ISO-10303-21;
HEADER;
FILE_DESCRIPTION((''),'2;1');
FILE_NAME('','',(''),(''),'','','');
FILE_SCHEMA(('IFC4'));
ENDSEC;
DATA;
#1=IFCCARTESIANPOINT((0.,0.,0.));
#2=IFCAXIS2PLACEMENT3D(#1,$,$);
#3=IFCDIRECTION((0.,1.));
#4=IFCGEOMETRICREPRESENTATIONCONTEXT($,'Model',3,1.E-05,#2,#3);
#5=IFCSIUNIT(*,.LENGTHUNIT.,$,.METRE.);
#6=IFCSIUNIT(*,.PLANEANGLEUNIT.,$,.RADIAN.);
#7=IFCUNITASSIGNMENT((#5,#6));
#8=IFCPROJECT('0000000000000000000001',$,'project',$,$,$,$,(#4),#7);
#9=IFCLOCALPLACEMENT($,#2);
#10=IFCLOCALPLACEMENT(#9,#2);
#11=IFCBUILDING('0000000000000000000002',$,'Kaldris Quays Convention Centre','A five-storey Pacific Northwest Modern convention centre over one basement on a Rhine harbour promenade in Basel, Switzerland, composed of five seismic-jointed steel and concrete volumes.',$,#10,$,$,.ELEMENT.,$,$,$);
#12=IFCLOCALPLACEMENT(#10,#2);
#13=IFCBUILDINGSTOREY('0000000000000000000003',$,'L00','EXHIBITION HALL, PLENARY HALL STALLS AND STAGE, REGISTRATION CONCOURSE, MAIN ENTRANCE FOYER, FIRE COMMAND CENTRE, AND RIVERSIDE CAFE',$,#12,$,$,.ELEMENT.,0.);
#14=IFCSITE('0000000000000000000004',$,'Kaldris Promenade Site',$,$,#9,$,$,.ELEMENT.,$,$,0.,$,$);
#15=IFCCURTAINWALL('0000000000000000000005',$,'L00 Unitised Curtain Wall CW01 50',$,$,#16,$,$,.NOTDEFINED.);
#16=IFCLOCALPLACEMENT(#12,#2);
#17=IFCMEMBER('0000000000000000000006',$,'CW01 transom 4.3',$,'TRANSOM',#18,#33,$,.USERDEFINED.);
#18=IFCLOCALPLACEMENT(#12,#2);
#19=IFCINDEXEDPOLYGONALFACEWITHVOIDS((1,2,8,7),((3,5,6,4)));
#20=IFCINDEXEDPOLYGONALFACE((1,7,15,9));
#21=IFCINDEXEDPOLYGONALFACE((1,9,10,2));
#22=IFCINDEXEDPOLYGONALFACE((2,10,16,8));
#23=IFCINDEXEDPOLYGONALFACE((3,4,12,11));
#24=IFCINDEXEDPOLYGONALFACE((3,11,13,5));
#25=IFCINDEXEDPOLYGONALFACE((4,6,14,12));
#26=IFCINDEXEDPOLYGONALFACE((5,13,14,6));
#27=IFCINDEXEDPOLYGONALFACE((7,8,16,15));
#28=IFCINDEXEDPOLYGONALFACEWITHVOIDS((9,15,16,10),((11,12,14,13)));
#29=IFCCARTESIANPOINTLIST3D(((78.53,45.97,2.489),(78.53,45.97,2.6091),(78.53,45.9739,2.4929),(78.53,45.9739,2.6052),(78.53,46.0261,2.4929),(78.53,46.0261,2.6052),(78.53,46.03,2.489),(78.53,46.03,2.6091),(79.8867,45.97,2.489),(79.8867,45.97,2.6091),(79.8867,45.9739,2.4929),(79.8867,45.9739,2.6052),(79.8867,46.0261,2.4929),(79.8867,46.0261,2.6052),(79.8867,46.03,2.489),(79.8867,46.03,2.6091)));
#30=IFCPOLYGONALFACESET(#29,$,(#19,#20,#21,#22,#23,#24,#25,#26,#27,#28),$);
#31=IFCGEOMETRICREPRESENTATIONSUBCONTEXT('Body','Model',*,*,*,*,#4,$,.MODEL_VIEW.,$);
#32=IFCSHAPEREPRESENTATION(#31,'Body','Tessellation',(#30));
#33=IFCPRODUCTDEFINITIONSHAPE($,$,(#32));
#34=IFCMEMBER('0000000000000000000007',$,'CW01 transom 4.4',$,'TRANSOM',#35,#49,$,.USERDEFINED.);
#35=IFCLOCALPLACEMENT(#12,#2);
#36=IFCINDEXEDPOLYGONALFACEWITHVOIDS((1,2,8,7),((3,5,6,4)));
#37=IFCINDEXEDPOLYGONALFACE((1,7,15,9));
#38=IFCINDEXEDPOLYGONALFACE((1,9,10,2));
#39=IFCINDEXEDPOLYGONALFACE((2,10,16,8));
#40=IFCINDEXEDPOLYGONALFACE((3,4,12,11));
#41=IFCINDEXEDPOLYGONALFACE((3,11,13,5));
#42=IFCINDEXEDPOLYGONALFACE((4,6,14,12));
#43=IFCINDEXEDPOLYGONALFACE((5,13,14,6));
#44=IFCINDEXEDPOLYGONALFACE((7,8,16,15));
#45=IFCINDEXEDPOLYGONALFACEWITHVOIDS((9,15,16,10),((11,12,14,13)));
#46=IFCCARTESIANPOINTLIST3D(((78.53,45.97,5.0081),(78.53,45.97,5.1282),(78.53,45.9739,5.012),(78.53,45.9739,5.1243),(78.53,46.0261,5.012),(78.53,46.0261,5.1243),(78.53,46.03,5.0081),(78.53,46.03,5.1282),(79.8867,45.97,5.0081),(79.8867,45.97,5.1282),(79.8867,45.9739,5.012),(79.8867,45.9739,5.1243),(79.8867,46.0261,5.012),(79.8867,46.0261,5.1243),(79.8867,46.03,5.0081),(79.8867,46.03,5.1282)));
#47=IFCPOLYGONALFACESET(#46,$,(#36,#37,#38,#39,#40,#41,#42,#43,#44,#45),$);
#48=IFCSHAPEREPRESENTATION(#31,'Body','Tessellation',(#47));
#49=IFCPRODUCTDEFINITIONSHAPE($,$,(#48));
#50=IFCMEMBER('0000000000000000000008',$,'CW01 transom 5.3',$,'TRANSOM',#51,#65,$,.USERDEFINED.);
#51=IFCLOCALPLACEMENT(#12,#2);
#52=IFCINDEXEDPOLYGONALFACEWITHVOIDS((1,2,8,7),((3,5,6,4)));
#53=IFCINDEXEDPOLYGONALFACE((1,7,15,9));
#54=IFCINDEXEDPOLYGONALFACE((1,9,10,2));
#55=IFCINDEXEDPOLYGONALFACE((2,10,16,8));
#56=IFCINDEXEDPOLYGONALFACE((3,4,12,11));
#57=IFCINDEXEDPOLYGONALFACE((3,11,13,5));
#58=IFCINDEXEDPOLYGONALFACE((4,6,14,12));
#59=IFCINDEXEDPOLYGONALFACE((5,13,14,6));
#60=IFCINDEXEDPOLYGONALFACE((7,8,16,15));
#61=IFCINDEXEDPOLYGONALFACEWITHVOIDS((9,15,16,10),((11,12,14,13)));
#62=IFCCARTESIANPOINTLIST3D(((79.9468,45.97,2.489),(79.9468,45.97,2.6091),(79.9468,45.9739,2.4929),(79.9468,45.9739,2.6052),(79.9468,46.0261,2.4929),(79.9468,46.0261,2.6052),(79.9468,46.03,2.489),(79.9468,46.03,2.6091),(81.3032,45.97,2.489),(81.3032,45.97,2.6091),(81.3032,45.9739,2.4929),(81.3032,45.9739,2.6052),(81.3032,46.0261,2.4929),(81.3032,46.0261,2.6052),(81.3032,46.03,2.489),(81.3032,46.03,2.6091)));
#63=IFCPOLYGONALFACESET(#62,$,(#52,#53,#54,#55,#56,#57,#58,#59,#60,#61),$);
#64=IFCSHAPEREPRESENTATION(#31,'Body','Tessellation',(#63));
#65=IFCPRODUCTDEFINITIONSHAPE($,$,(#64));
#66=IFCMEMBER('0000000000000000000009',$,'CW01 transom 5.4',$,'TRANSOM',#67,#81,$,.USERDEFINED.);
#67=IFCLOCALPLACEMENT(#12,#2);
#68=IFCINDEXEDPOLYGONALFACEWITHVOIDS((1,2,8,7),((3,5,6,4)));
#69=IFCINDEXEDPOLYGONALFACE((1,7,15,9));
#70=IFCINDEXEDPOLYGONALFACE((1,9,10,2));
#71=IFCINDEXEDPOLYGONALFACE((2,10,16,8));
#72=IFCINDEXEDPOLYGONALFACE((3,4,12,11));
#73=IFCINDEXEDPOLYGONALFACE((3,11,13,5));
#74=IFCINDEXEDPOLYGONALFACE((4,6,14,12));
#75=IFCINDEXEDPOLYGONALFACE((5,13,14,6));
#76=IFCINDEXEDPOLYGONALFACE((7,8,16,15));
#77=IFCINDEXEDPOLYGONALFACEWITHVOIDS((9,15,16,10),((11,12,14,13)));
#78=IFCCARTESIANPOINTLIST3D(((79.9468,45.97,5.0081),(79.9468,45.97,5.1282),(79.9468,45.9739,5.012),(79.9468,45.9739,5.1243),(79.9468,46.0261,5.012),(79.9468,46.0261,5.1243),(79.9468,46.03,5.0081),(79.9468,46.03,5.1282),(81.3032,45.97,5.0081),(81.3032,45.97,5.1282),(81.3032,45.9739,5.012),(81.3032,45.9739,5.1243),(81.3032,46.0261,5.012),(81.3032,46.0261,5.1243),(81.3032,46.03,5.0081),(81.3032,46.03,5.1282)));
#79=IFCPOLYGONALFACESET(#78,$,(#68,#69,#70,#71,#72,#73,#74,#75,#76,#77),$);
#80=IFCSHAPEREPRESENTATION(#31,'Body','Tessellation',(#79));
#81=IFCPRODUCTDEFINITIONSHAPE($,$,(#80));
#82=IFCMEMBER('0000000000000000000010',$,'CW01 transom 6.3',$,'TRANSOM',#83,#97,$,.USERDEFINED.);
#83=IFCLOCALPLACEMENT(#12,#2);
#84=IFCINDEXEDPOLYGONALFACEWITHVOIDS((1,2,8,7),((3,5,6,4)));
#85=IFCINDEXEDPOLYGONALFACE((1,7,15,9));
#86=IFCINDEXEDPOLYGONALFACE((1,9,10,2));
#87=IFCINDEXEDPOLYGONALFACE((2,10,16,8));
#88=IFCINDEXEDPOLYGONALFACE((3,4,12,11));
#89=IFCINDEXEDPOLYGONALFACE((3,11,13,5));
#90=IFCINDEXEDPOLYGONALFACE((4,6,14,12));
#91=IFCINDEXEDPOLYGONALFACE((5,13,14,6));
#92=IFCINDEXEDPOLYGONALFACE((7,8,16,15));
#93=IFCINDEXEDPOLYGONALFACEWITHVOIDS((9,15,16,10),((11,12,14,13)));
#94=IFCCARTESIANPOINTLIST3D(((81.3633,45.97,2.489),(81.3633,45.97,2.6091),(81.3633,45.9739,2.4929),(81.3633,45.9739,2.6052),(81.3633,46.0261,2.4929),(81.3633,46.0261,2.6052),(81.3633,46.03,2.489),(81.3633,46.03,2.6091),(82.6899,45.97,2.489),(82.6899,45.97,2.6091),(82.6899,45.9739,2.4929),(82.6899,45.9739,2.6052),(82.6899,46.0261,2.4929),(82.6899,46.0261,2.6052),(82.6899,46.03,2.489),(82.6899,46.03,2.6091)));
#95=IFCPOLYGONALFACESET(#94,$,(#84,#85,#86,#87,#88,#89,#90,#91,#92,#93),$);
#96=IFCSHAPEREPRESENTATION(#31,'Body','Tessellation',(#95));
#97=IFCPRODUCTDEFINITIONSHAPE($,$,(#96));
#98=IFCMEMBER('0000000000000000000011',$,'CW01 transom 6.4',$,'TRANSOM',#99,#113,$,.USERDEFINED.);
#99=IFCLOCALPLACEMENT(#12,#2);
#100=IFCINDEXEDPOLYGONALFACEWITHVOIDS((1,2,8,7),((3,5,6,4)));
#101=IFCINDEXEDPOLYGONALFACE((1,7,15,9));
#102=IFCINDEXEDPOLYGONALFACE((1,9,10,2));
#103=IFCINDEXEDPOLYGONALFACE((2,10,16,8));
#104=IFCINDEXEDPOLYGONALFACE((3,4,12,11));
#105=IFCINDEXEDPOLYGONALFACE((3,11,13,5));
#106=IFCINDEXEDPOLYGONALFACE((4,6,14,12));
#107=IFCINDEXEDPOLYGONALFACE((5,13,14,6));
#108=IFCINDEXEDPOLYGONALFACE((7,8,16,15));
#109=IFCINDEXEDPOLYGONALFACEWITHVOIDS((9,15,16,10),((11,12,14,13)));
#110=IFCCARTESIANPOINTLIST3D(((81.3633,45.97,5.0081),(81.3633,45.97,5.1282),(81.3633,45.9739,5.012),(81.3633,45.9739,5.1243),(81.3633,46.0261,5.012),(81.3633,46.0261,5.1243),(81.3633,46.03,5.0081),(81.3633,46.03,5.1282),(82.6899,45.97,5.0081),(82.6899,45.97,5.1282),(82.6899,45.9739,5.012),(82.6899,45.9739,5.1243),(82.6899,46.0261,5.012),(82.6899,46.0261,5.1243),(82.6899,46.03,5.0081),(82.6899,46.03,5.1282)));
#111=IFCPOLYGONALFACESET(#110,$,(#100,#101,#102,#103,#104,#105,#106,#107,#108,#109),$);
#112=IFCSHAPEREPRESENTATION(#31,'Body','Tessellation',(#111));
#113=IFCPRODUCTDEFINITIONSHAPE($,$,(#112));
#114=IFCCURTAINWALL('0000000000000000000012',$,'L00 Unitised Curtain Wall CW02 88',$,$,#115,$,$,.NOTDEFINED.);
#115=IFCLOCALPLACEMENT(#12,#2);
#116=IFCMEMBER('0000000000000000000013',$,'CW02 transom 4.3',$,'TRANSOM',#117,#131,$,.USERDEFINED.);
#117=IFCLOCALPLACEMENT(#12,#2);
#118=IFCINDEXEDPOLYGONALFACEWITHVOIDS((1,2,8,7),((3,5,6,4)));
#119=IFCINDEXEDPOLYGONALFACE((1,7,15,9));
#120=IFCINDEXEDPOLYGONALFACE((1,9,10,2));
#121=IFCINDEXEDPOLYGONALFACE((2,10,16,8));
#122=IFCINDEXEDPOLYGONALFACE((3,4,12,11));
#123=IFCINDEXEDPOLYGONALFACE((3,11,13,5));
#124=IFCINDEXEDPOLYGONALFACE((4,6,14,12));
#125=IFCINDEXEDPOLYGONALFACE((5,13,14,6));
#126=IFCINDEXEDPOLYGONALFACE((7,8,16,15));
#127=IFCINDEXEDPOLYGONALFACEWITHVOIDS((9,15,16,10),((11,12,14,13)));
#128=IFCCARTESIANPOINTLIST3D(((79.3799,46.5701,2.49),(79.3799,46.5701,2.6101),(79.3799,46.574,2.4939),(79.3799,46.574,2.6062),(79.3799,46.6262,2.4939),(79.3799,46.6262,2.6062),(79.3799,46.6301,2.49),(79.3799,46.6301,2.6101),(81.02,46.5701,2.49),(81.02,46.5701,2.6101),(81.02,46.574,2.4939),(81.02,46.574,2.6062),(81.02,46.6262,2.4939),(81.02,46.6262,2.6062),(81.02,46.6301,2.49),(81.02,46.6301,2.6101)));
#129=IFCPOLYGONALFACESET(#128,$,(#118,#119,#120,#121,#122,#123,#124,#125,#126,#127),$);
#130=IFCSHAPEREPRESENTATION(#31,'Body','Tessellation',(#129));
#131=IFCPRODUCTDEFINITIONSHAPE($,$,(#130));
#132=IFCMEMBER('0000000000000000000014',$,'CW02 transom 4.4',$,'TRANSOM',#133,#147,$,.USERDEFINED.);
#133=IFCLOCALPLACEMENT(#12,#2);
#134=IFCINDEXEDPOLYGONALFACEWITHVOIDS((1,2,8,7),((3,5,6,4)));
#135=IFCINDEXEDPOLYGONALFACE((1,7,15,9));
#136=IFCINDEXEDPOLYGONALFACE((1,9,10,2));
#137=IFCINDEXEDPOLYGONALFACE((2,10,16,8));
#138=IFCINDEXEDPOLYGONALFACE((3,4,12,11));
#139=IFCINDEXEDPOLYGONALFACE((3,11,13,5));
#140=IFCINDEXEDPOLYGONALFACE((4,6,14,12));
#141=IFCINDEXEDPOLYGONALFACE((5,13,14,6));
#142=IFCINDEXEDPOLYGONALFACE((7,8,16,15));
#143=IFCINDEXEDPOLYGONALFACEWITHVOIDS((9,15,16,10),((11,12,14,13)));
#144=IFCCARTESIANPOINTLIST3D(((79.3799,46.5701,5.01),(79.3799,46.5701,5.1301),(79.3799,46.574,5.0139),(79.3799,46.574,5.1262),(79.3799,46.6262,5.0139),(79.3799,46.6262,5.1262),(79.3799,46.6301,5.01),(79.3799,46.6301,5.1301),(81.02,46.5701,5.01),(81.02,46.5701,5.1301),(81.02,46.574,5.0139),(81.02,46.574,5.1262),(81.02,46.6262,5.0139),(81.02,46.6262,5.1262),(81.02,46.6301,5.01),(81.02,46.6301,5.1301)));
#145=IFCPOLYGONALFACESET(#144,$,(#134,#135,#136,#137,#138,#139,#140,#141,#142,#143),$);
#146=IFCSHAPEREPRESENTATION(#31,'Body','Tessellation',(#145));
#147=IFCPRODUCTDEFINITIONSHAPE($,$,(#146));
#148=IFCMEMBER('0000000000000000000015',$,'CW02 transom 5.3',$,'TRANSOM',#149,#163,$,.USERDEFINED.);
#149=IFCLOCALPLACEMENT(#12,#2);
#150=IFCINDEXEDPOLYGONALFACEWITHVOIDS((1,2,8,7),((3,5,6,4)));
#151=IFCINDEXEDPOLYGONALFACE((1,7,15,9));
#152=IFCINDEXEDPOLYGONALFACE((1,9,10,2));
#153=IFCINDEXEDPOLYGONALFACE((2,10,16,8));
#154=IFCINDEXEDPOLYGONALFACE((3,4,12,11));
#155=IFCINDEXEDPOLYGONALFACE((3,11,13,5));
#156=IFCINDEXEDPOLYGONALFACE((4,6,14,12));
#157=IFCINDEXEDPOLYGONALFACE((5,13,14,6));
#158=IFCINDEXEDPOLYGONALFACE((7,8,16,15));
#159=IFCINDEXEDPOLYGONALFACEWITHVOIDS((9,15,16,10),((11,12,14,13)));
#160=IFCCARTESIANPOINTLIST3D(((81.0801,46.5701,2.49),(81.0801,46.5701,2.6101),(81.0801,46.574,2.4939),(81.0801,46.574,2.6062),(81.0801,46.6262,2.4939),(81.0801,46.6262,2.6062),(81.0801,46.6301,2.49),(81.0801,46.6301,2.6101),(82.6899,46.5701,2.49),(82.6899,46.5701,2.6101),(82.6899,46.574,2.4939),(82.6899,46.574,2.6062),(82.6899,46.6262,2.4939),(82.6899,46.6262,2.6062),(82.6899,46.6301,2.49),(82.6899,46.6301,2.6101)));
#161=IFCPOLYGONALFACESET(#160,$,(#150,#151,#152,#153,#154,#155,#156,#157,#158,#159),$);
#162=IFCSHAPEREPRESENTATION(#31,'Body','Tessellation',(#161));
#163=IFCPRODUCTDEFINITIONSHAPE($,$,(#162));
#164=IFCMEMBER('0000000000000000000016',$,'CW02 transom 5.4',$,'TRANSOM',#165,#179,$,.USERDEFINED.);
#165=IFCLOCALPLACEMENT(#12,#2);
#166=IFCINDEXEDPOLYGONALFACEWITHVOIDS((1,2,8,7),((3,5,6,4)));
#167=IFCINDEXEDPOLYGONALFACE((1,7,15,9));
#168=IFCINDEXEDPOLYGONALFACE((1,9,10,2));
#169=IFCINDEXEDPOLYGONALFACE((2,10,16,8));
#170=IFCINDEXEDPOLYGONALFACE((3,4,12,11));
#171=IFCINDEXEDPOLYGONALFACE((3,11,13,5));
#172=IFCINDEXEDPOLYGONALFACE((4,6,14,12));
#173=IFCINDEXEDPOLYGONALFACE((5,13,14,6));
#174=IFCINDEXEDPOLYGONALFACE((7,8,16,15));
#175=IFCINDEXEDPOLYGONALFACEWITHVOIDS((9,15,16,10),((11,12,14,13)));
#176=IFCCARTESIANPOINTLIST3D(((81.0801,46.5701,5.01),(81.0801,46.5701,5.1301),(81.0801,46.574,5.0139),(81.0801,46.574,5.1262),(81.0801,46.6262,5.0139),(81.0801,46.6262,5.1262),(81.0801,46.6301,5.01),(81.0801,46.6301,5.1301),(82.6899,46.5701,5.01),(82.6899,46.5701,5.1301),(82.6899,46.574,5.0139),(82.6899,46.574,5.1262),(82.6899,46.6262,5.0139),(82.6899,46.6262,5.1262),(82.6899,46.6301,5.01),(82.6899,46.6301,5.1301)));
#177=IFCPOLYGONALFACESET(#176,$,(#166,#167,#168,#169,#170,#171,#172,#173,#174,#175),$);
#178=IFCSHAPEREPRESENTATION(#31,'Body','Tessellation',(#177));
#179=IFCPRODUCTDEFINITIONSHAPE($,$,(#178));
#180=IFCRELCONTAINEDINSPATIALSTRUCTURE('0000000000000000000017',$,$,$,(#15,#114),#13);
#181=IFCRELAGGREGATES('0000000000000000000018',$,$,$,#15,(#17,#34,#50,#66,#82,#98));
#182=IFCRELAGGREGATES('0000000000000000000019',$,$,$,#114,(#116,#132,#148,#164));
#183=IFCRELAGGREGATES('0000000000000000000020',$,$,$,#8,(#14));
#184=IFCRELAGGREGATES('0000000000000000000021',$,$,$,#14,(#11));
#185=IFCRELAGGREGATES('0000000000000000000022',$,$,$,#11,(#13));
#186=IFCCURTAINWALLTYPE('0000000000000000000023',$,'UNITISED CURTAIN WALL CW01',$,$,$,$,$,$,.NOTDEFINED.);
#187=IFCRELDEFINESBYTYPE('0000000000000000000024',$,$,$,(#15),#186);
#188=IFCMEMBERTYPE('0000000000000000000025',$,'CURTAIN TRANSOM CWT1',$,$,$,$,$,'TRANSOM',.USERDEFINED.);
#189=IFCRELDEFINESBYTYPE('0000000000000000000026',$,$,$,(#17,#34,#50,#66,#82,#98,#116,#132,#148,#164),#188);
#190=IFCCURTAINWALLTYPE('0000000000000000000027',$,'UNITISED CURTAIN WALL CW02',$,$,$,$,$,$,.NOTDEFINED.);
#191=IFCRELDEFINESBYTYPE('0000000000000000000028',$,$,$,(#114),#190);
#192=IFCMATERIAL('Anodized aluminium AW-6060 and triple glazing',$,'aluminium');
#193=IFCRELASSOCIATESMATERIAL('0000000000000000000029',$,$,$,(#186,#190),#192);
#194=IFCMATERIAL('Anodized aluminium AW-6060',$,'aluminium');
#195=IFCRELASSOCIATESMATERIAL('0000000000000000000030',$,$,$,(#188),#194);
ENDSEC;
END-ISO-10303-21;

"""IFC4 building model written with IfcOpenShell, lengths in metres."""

from ifc_helpers import new_model, si_unit, direction, frame, origin, origin_2d, place, context, subcontext, project, spatial, hollow_rectangle, extrude, material, material_profile, profile_set, type_object, element, aggregate, save


model = new_model("IFC4")

# Units and contexts
model_context = context("Model", 3, precision=1e-05, world=origin(), true_north=direction((0.0, 1.0)))
body_context = subcontext(model_context, "Body", "Model", "MODEL_VIEW")
ifc_project = project(units=[si_unit("LENGTHUNIT", "METRE"), si_unit("PLANEANGLEUNIT", "RADIAN")], contexts=[model_context])

# Site, building, storey
site_placement = place(None, origin())
site = spatial("IfcSite", under=ifc_project, at=site_placement, Name="Kaldris Promenade Site", CompositionType="ELEMENT", RefElevation=0.0)
building_placement = place(site_placement, origin())
building = spatial("IfcBuilding", under=site, at=building_placement, Name="Kaldris Quays Convention Centre", Description="A five-storey Pacific Northwest Modern convention centre over one basement on a Rhine harbour promenade in Basel, Switzerland, composed of five seismic-jointed steel and concrete volumes.", CompositionType="ELEMENT")
storey_placement = place(building_placement, origin())
storey = spatial("IfcBuildingStorey", under=building, at=storey_placement, Name="L00", Description="EXHIBITION HALL, PLENARY HALL STALLS AND STAGE, REGISTRATION CONCOURSE, MAIN ENTRANCE FOYER, FIRE COMMAND CENTRE, AND RIVERSIDE CAFE", CompositionType="ELEMENT", Elevation=0.0)

# Curtain walls, members
ifc_material_1 = material(Name="Anodized aluminium AW-6060 and triple glazing", Category="aluminium")
curtain_wall_type_1 = type_object("IfcCurtainWallType", Name="UNITISED CURTAIN WALL CW01", PredefinedType="NOTDEFINED", material=ifc_material_1)
curtain_wall_1_placement = place(storey_placement, origin())
curtain_wall_1 = element("IfcCurtainWall", 1, at=curtain_wall_1_placement, inside=storey, type_object=curtain_wall_type_1, Name="L00 Unitised Curtain Wall CW01 50", PredefinedType="NOTDEFINED")
ifc_material_2 = material(Name="Anodized aluminium AW-6060", Category="aluminium")
ifc_material_profile_1 = material_profile(ifc_material_2, hollow_rectangle(XDim=0.0601, YDim=0.1201, WallThickness=0.0039, at=origin_2d()), Name="RHS 120x60x4")
ifc_profile_set_1 = profile_set([ifc_material_profile_1], Name="Anodized aluminium AW-6060")
member_type = type_object("IfcMemberType", Name="CURTAIN TRANSOM CWT1", ElementType="TRANSOM", PredefinedType="USERDEFINED", material=ifc_profile_set_1)
member_1_placement = place(storey_placement, frame((78.53, 46.0, 2.5491), z_axis=(1.0, 0.0, 0.0), x_axis=(0.0, 1.0, 0.0)))
member_1 = element("IfcMember", 2, at=member_1_placement, type_object=member_type, Name="CW01 transom 4.3", ObjectType="TRANSOM", PredefinedType="USERDEFINED", context=body_context, shape_type="SweptSolid", body=[
    extrude(hollow_rectangle(XDim=0.0601, YDim=0.1201, WallThickness=0.0039, at=origin_2d()), origin(), (0.0, 0.0, 1.0), 1.3567),
])
member_2_placement = place(storey_placement, frame((78.53, 46.0, 5.0681), z_axis=(1.0, 0.0, 0.0), x_axis=(0.0, 1.0, 0.0)))
member_2 = element("IfcMember", 3, at=member_2_placement, type_object=member_type, Name="CW01 transom 4.4", ObjectType="TRANSOM", PredefinedType="USERDEFINED", context=body_context, shape_type="SweptSolid", body=[
    extrude(hollow_rectangle(XDim=0.0601, YDim=0.1201, WallThickness=0.0039, at=origin_2d()), origin(), (0.0, 0.0, 1.0), 1.3567),
])
member_3_placement = place(storey_placement, frame((79.9468, 46.0, 2.5491), z_axis=(1.0, 0.0, 0.0), x_axis=(0.0, 1.0, 0.0)))
member_3 = element("IfcMember", 4, at=member_3_placement, type_object=member_type, Name="CW01 transom 5.3", ObjectType="TRANSOM", PredefinedType="USERDEFINED", context=body_context, shape_type="SweptSolid", body=[
    extrude(hollow_rectangle(XDim=0.0601, YDim=0.1201, WallThickness=0.0039, at=origin_2d()), origin(), (0.0, 0.0, 1.0), 1.3564),
])
member_4_placement = place(storey_placement, frame((79.9468, 46.0, 5.0681), z_axis=(1.0, 0.0, 0.0), x_axis=(0.0, 1.0, 0.0)))
member_4 = element("IfcMember", 5, at=member_4_placement, type_object=member_type, Name="CW01 transom 5.4", ObjectType="TRANSOM", PredefinedType="USERDEFINED", context=body_context, shape_type="SweptSolid", body=[
    extrude(hollow_rectangle(XDim=0.0601, YDim=0.1201, WallThickness=0.0039, at=origin_2d()), origin(), (0.0, 0.0, 1.0), 1.3564),
])
member_5_placement = place(storey_placement, frame((81.3633, 46.0, 2.5491), z_axis=(1.0, 0.0, 0.0), x_axis=(0.0, 1.0, 0.0)))
member_5 = element("IfcMember", 6, at=member_5_placement, type_object=member_type, Name="CW01 transom 6.3", ObjectType="TRANSOM", PredefinedType="USERDEFINED", context=body_context, shape_type="SweptSolid", body=[
    extrude(hollow_rectangle(XDim=0.0601, YDim=0.1201, WallThickness=0.0039, at=origin_2d()), origin(), (0.0, 0.0, 1.0), 1.3267),
])
member_6_placement = place(storey_placement, frame((81.3633, 46.0, 5.0681), z_axis=(1.0, 0.0, 0.0), x_axis=(0.0, 1.0, 0.0)))
member_6 = element("IfcMember", 7, at=member_6_placement, type_object=member_type, Name="CW01 transom 6.4", ObjectType="TRANSOM", PredefinedType="USERDEFINED", context=body_context, shape_type="SweptSolid", body=[
    extrude(hollow_rectangle(XDim=0.0601, YDim=0.1201, WallThickness=0.0039, at=origin_2d()), origin(), (0.0, 0.0, 1.0), 1.3267),
])
curtain_wall_type_2 = type_object("IfcCurtainWallType", Name="UNITISED CURTAIN WALL CW02", PredefinedType="NOTDEFINED", material=ifc_material_1)
curtain_wall_2_placement = place(storey_placement, origin())
curtain_wall_2 = element("IfcCurtainWall", 8, at=curtain_wall_2_placement, inside=storey, type_object=curtain_wall_type_2, Name="L00 Unitised Curtain Wall CW02 88", PredefinedType="NOTDEFINED")
member_7_placement = place(storey_placement, frame((79.3799, 46.6001, 2.55), z_axis=(1.0, 0.0, 0.0), x_axis=(0.0, 1.0, 0.0)))
member_7 = element("IfcMember", 9, at=member_7_placement, type_object=member_type, Name="CW02 transom 4.3", ObjectType="TRANSOM", PredefinedType="USERDEFINED", context=body_context, shape_type="SweptSolid", body=[
    extrude(hollow_rectangle(XDim=0.0601, YDim=0.1201, WallThickness=0.0039, at=origin_2d()), origin(), (0.0, 0.0, 1.0), 1.6401),
])
member_8_placement = place(storey_placement, frame((79.3799, 46.6001, 5.0701), z_axis=(1.0, 0.0, 0.0), x_axis=(0.0, 1.0, 0.0)))
member_8 = element("IfcMember", 10, at=member_8_placement, type_object=member_type, Name="CW02 transom 4.4", ObjectType="TRANSOM", PredefinedType="USERDEFINED", context=body_context, shape_type="SweptSolid", body=[
    extrude(hollow_rectangle(XDim=0.0601, YDim=0.1201, WallThickness=0.0039, at=origin_2d()), origin(), (0.0, 0.0, 1.0), 1.6401),
])
member_9_placement = place(storey_placement, frame((81.0801, 46.6001, 2.55), z_axis=(1.0, 0.0, 0.0), x_axis=(0.0, 1.0, 0.0)))
member_9 = element("IfcMember", 11, at=member_9_placement, type_object=member_type, Name="CW02 transom 5.3", ObjectType="TRANSOM", PredefinedType="USERDEFINED", context=body_context, shape_type="SweptSolid", body=[
    extrude(hollow_rectangle(XDim=0.0601, YDim=0.1201, WallThickness=0.0039, at=origin_2d()), origin(), (0.0, 0.0, 1.0), 1.6099),
])
member_10_placement = place(storey_placement, frame((81.0801, 46.6001, 5.0701), z_axis=(1.0, 0.0, 0.0), x_axis=(0.0, 1.0, 0.0)))
member_10 = element("IfcMember", 12, at=member_10_placement, type_object=member_type, Name="CW02 transom 5.4", ObjectType="TRANSOM", PredefinedType="USERDEFINED", context=body_context, shape_type="SweptSolid", body=[
    extrude(hollow_rectangle(XDim=0.0601, YDim=0.1201, WallThickness=0.0039, at=origin_2d()), origin(), (0.0, 0.0, 1.0), 1.6099),
])

aggregate(curtain_wall_1, [member_1, member_2, member_3, member_4, member_5, member_6])
aggregate(curtain_wall_2, [member_7, member_8, member_9, member_10])

save(model, "model.ifc")
